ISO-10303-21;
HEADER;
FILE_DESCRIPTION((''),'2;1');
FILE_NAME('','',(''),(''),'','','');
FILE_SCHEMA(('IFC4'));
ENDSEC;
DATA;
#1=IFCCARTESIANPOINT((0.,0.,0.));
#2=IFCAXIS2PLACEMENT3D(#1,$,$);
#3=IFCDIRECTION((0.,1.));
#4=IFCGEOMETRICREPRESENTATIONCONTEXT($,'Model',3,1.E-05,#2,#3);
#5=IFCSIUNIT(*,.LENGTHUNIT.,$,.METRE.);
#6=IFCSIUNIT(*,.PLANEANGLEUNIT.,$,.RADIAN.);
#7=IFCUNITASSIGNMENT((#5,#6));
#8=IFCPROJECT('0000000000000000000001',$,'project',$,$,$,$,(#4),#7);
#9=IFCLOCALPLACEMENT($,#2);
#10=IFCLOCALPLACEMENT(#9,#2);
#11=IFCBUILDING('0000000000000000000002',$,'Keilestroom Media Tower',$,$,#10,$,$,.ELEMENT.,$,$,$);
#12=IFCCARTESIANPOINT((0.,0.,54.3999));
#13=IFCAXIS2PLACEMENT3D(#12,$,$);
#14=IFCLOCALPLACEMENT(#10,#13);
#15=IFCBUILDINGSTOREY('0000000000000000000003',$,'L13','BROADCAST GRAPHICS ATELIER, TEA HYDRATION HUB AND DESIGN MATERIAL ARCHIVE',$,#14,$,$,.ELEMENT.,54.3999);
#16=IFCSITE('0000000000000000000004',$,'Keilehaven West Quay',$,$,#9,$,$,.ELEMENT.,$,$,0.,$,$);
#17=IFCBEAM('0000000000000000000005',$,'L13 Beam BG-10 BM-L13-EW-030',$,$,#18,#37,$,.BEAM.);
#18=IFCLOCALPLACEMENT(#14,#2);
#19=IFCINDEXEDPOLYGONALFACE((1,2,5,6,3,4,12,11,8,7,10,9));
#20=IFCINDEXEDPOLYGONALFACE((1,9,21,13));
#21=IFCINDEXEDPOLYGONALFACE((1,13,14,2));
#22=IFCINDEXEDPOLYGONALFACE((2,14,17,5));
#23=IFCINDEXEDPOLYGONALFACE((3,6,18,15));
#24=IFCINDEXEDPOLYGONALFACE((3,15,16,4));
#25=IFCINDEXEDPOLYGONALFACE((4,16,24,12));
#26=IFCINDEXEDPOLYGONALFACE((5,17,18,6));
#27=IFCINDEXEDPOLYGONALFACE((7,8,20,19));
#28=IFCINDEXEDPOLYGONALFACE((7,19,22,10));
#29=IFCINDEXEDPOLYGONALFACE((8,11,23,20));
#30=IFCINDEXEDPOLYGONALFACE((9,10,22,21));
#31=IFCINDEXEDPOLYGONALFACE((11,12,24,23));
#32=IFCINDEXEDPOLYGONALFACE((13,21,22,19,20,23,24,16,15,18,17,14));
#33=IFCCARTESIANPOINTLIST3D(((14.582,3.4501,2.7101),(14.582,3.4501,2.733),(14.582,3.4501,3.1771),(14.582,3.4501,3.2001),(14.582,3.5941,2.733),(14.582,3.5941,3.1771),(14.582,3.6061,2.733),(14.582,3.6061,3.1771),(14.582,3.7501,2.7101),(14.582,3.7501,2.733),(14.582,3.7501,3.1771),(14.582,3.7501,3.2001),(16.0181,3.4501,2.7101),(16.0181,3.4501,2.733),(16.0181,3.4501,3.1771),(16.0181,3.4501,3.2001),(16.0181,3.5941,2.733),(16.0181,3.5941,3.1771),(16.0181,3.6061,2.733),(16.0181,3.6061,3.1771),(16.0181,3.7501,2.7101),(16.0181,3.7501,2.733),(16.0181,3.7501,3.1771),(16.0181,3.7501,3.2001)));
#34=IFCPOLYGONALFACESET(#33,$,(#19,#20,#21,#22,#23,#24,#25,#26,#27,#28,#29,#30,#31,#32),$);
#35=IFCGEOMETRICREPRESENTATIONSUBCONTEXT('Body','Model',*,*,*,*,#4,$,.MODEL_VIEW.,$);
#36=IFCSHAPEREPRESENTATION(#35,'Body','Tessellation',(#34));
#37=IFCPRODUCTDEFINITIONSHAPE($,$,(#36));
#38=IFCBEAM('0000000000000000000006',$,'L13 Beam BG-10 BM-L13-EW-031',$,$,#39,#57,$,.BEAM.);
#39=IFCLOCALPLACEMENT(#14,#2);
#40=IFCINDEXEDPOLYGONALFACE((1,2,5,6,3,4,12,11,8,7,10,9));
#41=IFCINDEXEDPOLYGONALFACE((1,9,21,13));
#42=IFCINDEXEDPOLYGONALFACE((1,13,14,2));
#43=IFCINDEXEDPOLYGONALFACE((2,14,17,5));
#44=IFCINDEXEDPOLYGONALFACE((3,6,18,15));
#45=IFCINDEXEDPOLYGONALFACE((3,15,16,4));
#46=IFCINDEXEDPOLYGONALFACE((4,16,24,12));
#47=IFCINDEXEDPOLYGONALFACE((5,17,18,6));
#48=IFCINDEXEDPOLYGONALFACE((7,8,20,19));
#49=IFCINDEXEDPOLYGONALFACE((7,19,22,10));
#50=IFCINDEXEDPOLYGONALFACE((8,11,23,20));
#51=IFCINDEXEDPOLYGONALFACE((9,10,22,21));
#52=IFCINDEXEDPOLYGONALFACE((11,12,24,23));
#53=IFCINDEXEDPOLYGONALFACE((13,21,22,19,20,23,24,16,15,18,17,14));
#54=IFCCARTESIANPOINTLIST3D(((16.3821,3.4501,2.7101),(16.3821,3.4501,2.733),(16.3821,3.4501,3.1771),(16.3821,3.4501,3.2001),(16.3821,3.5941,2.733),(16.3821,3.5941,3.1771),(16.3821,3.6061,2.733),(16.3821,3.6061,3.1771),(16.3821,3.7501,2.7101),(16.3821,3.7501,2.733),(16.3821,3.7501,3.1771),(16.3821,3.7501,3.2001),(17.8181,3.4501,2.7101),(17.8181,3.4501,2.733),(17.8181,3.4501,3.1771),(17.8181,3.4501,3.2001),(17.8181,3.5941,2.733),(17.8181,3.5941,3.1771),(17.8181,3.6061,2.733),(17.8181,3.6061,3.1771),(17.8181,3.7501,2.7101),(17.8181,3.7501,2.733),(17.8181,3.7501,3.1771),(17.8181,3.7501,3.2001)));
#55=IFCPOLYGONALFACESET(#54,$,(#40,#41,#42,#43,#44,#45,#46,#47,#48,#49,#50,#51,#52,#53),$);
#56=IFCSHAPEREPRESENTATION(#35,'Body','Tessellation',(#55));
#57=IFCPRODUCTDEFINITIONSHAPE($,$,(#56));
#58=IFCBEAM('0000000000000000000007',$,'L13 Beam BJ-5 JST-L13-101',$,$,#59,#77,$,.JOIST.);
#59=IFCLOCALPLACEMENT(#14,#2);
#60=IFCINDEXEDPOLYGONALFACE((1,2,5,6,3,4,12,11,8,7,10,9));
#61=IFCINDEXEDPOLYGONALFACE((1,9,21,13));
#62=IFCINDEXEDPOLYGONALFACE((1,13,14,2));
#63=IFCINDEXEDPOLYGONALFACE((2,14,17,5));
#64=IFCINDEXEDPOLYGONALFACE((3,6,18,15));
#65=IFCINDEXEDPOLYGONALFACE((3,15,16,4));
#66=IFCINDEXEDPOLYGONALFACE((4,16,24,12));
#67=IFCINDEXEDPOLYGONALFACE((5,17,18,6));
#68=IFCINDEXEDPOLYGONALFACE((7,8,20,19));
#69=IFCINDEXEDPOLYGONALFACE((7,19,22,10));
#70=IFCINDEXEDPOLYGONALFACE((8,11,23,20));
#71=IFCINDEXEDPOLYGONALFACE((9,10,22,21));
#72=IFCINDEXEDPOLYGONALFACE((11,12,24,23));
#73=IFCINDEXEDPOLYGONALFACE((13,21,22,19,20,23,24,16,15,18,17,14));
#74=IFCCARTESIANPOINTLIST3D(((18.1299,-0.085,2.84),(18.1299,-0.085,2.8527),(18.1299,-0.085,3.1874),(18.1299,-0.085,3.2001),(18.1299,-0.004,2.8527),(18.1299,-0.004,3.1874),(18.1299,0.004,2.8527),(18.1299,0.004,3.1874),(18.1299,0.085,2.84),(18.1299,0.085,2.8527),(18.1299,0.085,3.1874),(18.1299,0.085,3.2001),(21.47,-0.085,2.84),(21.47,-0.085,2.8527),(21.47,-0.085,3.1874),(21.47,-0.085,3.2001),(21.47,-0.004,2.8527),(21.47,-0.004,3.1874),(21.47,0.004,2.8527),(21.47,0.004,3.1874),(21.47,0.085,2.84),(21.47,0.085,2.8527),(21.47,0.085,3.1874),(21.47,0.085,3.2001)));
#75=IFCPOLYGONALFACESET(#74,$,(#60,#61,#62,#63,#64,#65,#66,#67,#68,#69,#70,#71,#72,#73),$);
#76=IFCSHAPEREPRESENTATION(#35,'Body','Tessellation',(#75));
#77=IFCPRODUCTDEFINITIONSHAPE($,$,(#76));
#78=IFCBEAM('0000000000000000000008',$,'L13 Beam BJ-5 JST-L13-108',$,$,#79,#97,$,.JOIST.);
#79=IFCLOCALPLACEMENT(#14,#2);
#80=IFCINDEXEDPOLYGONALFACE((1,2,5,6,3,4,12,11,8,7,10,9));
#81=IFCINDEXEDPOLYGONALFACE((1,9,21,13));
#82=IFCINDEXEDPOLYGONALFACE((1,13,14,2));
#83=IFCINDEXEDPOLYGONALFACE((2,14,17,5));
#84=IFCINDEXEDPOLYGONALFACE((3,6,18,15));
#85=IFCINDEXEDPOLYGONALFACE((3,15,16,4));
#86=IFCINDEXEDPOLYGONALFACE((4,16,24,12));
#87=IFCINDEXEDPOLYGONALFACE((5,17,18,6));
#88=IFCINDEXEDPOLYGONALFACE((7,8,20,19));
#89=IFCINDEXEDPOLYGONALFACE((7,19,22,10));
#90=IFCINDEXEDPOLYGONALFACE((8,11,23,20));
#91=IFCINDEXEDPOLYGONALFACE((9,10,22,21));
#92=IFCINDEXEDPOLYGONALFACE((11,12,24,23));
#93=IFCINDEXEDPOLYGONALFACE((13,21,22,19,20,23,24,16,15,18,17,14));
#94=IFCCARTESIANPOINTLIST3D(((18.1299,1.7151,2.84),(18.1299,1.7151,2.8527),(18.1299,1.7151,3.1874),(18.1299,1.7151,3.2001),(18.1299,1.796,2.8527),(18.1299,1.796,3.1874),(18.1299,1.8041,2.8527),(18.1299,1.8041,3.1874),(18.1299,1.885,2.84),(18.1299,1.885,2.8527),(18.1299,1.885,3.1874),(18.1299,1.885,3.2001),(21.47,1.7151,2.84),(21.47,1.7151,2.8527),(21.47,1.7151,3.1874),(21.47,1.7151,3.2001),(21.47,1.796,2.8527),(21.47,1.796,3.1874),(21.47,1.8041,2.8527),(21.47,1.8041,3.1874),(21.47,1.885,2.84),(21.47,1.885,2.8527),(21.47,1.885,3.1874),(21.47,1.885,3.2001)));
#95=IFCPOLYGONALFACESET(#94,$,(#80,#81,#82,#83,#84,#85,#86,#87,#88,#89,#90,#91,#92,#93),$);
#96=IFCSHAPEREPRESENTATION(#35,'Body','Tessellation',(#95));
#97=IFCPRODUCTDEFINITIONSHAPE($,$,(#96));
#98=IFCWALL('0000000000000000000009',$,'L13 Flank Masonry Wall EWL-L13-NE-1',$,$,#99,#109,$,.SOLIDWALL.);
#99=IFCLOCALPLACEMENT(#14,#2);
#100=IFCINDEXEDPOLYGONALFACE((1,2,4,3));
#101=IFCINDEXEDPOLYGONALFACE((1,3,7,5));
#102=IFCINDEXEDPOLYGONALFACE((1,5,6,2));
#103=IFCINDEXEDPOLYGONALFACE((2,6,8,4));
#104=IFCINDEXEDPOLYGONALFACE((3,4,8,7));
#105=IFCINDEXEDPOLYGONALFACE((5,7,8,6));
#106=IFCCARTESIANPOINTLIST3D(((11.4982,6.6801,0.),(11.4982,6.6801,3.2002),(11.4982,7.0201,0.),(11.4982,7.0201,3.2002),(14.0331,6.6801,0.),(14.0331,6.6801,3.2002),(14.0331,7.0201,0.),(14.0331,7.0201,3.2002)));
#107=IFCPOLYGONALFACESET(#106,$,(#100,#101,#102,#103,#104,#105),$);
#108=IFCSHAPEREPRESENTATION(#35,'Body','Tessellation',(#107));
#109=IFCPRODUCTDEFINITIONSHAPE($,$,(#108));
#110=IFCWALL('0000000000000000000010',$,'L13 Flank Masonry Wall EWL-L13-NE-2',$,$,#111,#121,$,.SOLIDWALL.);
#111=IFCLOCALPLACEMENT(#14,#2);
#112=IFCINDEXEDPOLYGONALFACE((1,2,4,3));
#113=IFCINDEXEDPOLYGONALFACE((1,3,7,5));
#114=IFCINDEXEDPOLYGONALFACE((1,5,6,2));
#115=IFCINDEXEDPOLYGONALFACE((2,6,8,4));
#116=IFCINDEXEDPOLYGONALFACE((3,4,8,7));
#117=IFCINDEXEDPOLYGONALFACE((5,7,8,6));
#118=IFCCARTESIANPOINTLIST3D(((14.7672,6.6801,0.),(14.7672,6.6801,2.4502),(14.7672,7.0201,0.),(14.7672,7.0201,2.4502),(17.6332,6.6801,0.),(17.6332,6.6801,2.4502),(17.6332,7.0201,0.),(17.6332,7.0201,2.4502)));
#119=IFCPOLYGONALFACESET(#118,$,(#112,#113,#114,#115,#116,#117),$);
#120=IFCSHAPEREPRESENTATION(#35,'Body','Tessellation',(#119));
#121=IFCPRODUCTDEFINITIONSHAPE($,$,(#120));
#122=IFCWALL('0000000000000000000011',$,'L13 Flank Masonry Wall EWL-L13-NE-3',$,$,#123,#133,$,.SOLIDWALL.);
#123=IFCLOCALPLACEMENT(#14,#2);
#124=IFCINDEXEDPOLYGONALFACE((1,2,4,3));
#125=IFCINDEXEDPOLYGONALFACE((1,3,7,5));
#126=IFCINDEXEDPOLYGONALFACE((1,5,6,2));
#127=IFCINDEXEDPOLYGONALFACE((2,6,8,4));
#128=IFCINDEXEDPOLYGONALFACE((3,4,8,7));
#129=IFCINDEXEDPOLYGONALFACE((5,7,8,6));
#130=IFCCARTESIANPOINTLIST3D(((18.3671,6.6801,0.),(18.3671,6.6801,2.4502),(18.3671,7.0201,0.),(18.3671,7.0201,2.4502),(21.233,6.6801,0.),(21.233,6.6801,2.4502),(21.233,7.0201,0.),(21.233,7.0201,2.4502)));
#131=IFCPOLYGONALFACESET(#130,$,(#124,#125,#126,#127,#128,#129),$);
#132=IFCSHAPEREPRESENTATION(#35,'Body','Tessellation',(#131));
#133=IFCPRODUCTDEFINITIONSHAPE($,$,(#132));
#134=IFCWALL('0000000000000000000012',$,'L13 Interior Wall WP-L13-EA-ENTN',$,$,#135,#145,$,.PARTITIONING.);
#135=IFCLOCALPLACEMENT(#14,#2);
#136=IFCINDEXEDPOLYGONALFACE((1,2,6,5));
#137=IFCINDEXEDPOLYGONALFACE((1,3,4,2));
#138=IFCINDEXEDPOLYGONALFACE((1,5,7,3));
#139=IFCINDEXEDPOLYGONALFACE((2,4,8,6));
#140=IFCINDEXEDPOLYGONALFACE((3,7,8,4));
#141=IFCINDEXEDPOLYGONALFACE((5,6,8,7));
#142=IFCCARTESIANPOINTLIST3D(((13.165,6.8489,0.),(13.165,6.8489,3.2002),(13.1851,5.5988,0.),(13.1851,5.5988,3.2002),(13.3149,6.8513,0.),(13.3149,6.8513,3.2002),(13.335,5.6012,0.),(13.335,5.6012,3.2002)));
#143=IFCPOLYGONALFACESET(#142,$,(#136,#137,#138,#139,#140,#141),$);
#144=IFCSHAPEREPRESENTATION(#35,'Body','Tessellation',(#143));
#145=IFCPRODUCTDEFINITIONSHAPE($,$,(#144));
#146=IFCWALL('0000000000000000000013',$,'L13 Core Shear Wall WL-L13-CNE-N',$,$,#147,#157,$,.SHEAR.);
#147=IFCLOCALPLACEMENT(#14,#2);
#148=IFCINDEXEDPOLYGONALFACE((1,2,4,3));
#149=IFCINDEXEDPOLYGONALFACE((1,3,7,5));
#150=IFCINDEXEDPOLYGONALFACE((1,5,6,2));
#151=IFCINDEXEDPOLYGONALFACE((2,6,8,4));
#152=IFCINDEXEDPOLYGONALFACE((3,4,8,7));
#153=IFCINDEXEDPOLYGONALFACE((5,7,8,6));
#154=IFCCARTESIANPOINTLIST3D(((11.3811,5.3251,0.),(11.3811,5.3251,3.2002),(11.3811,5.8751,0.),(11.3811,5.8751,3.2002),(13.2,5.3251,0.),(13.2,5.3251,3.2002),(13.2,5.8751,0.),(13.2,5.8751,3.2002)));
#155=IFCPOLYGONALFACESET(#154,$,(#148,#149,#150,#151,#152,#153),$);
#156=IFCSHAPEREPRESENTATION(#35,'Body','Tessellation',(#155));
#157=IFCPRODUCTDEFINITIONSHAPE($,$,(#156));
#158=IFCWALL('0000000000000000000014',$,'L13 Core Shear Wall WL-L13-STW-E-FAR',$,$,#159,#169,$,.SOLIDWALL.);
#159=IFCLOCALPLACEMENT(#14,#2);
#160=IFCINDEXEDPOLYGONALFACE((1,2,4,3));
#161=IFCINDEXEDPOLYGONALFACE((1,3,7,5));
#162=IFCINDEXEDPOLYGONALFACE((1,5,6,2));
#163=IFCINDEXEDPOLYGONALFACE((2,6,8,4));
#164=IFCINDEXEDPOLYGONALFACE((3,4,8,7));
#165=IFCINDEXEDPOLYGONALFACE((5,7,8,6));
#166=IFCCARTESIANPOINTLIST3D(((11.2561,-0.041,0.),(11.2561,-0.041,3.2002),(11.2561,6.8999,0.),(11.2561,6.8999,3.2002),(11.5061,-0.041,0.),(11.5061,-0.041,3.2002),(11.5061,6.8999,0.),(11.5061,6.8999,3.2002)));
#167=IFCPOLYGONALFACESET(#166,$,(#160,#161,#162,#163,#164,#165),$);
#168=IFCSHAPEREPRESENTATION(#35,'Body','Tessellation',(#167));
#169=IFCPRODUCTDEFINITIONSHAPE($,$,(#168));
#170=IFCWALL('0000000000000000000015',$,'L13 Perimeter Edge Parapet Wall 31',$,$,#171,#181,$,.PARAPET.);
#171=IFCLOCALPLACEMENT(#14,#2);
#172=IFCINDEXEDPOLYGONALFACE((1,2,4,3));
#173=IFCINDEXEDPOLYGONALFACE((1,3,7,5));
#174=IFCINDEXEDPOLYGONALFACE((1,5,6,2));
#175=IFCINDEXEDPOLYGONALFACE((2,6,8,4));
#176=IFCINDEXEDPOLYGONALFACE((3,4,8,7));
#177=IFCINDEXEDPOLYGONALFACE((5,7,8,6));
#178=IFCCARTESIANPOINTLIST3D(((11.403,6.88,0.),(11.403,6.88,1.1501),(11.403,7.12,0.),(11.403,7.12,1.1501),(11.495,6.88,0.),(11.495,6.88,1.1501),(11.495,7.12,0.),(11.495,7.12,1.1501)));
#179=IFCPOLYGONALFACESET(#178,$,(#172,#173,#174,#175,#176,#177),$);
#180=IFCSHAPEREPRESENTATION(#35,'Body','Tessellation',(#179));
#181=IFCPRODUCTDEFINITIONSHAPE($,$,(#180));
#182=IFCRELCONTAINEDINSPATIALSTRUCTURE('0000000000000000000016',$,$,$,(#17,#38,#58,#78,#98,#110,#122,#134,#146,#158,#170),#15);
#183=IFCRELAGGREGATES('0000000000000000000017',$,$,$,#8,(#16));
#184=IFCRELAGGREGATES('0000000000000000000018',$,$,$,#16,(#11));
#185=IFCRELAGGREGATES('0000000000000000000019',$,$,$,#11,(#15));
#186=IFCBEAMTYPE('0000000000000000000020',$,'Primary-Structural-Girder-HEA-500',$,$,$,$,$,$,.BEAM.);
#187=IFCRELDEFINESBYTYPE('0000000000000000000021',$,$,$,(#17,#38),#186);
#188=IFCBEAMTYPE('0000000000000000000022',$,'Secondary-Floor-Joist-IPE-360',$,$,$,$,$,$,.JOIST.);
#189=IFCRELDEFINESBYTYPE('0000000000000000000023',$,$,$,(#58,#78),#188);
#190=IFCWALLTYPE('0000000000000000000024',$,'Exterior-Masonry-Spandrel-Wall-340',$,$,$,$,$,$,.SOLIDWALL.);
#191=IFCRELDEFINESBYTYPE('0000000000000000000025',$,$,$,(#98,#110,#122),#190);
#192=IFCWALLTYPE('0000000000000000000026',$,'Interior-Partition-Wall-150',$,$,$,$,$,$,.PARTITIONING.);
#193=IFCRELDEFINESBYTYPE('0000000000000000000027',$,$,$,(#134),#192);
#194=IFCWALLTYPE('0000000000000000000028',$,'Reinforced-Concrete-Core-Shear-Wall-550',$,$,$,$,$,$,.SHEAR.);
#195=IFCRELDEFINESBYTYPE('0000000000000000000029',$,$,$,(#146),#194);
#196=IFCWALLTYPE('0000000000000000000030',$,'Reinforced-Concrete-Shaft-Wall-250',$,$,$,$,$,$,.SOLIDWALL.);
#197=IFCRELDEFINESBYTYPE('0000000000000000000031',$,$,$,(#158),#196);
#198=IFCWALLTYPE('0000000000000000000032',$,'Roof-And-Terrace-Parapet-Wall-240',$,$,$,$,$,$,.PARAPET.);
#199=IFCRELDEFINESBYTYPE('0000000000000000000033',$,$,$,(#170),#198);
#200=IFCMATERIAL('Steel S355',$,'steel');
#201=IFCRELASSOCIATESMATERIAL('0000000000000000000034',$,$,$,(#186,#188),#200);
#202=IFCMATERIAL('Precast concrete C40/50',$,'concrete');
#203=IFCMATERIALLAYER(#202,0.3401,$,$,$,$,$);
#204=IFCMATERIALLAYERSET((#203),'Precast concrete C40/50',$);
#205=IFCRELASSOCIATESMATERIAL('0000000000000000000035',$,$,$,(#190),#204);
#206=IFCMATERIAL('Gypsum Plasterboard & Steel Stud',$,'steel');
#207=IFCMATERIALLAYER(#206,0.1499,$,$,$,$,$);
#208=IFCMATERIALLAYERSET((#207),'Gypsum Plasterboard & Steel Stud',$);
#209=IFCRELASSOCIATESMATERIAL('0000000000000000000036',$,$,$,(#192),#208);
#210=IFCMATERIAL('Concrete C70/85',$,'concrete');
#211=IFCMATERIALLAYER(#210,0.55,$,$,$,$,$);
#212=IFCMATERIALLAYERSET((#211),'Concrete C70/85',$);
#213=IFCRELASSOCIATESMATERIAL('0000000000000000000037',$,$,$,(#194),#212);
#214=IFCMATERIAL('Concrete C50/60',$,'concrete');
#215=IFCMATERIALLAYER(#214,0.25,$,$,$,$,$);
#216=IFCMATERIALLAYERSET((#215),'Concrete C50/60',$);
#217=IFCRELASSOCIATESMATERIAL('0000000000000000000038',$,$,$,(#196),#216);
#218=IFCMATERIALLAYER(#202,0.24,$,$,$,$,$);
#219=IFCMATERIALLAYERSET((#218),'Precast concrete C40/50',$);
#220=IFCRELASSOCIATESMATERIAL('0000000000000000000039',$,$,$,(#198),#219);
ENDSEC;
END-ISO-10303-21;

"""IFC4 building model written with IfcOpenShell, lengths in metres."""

from ifc_helpers import new_model, si_unit, direction, frame, frame_2d, origin, origin_2d, place, context, subcontext, project, spatial, rectangle, i_section, extrude, source, transform, mapped, material, layer, layer_set, material_profile, profile_set, type_object, element, save


model = new_model("IFC4")

# Units and contexts
model_context = context("Model", 3, precision=1e-05, world=origin(), true_north=direction((0.0, 1.0)))
body_context = subcontext(model_context, "Body", "Model", "MODEL_VIEW")
ifc_project = project(units=[si_unit("LENGTHUNIT", "METRE"), si_unit("PLANEANGLEUNIT", "RADIAN")], contexts=[model_context])

# Site, building, storey
site_placement = place(None, origin())
site = spatial("IfcSite", under=ifc_project, at=site_placement, Name="Keilehaven West Quay", CompositionType="ELEMENT", RefElevation=0.0)
building_placement = place(site_placement, origin())
building = spatial("IfcBuilding", under=site, at=building_placement, Name="Keilestroom Media Tower", CompositionType="ELEMENT")
storey_placement = place(building_placement, frame((0.0, 0.0, 54.3999)))
storey = spatial("IfcBuildingStorey", under=building, at=storey_placement, Name="L13", Description="BROADCAST GRAPHICS ATELIER, TEA HYDRATION HUB AND DESIGN MATERIAL ARCHIVE", CompositionType="ELEMENT", Elevation=54.3999)

# Shared definitions
ifc_material_1 = material(Name="Precast concrete C40/50", Category="concrete")

# Beams
ifc_material_2 = material(Name="Steel S355", Category="steel")
ifc_material_profile_1 = material_profile(ifc_material_2, i_section(OverallWidth=0.3, OverallDepth=0.49, WebThickness=0.012, FlangeThickness=0.0229, at=origin_2d()), Name="HEA 500")
ifc_profile_set_1 = profile_set([ifc_material_profile_1], Name="Steel S355")
beam_type_1 = type_object("IfcBeamType", Name="Primary-Structural-Girder-HEA-500", PredefinedType="BEAM", material=ifc_profile_set_1)
shared_shape_1 = source(origin(), body_context, "Body", "SweptSolid", [
    extrude(i_section(OverallWidth=0.3, OverallDepth=0.49, WebThickness=0.012, FlangeThickness=0.0229, at=origin_2d()), origin(), (0.0, 0.0, 1.0), 1.436),
])
for number, where, z_axis, x_axis, name in (
    (1, (14.582, 3.6001, 2.9551), (1.0, 0.0, 0.0), (0.0, 1.0, 0.0), "L13 Beam BG-10 BM-L13-EW-030"),
    (2, (16.3821, 3.6001, 2.9551), (1.0, 0.0, 0.0), (0.0, 1.0, 0.0), "L13 Beam BG-10 BM-L13-EW-031"),
):
    element("IfcBeam", number, at=place(storey_placement, frame(where, z_axis=z_axis, x_axis=x_axis)), inside=storey, type_object=beam_type_1, Name=name, PredefinedType="BEAM", context=body_context, shape_type="MappedRepresentation", body=[
        mapped(shared_shape_1, transform((0.0, 0.0, 0.0), x_axis=(1.0, 0.0, 0.0), y_axis=(0.0, 1.0, 0.0), z_axis=(0.0, 0.0, 1.0), scale=1.0)),
    ])
ifc_material_profile_2 = material_profile(ifc_material_2, i_section(OverallWidth=0.1699, OverallDepth=0.3601, WebThickness=0.0081, FlangeThickness=0.0127, at=origin_2d()), Name="IPE 360")
ifc_profile_set_2 = profile_set([ifc_material_profile_2], Name="Steel S355")
beam_type_2 = type_object("IfcBeamType", Name="Secondary-Floor-Joist-IPE-360", PredefinedType="JOIST", material=ifc_profile_set_2)
shared_shape_2 = source(origin(), body_context, "Body", "SweptSolid", [
    extrude(i_section(OverallWidth=0.1699, OverallDepth=0.3601, WebThickness=0.0081, FlangeThickness=0.0127, at=origin_2d()), origin(), (0.0, 0.0, 1.0), 3.3401),
])
for number, where, z_axis, x_axis, name in (
    (3, (18.1299, 0.0, 3.02), (1.0, 0.0, 0.0), (0.0, 1.0, 0.0), "L13 Beam BJ-5 JST-L13-101"),
    (4, (18.1299, 1.8, 3.02), (1.0, 0.0, 0.0), (0.0, 1.0, 0.0), "L13 Beam BJ-5 JST-L13-108"),
):
    element("IfcBeam", number, at=place(storey_placement, frame(where, z_axis=z_axis, x_axis=x_axis)), inside=storey, type_object=beam_type_2, Name=name, PredefinedType="JOIST", context=body_context, shape_type="MappedRepresentation", body=[
        mapped(shared_shape_2, transform((0.0, 0.0, 0.0), x_axis=(1.0, 0.0, 0.0), y_axis=(0.0, 1.0, 0.0), z_axis=(0.0, 0.0, 1.0), scale=1.0)),
    ])

# Walls
ifc_layer_1 = layer(ifc_material_1, 0.3401)
ifc_layer_set_1 = layer_set([ifc_layer_1], Name="Precast concrete C40/50")
wall_type_1 = type_object("IfcWallType", Name="Exterior-Masonry-Spandrel-Wall-340", PredefinedType="SOLIDWALL", material=ifc_layer_set_1)
wall_1_placement = place(storey_placement, frame((11.498, 6.8501, 0.0), z_axis=(0.0, 0.0, 1.0), x_axis=(1.0, 0.0, 0.0)))
element("IfcWall", 5, at=wall_1_placement, inside=storey, type_object=wall_type_1, Name="L13 Flank Masonry Wall EWL-L13-NE-1", PredefinedType="SOLIDWALL", context=body_context, shape_type="SweptSolid", body=[
    extrude(rectangle(XDim=2.5349, YDim=0.3401, at=frame_2d((1.2676, 0.0))), origin(), (0.0, 0.0, 1.0), 3.2002),
])
for number, where, z_axis, x_axis, name in (
    (6, (14.7671, 6.8501, 0.0), (0.0, 0.0, 1.0), (1.0, 0.0, 0.0), "L13 Flank Masonry Wall EWL-L13-NE-2"),
    (7, (18.3669, 6.8501, 0.0), (0.0, 0.0, 1.0), (1.0, 0.0, 0.0), "L13 Flank Masonry Wall EWL-L13-NE-3"),
):
    element("IfcWall", number, at=place(storey_placement, frame(where, z_axis=z_axis, x_axis=x_axis)), inside=storey, type_object=wall_type_1, Name=name, PredefinedType="SOLIDWALL", context=body_context, shape_type="SweptSolid", body=[
        extrude(rectangle(XDim=2.866, YDim=0.3401, at=frame_2d((1.4331, 0.0))), origin(), (0.0, 0.0, 1.0), 2.4502),
    ])
ifc_material_3 = material(Name="Gypsum Plasterboard & Steel Stud", Category="steel")
ifc_layer_2 = layer(ifc_material_3, 0.1499)
ifc_layer_set_2 = layer_set([ifc_layer_2], Name="Gypsum Plasterboard & Steel Stud")
wall_type_2 = type_object("IfcWallType", Name="Interior-Partition-Wall-150", PredefinedType="PARTITIONING", material=ifc_layer_set_2)
wall_2_placement = place(storey_placement, frame((13.26, 5.6001, 0.0), z_axis=(0.0, 0.0, 1.0), x_axis=(-0.016014, 0.999872, 0.0)))
element("IfcWall", 8, at=wall_2_placement, inside=storey, type_object=wall_type_2, Name="L13 Interior Wall WP-L13-EA-ENTN", PredefinedType="PARTITIONING", context=body_context, shape_type="SweptSolid", body=[
    extrude(rectangle(XDim=1.2502, YDim=0.1499, at=frame_2d((0.625, 0.0))), origin(), (0.0, 0.0, 1.0), 3.2002),
])
ifc_material_4 = material(Name="Concrete C70/85", Category="concrete")
ifc_layer_3 = layer(ifc_material_4, 0.55)
ifc_layer_set_3 = layer_set([ifc_layer_3], Name="Concrete C70/85")
wall_type_3 = type_object("IfcWallType", Name="Reinforced-Concrete-Core-Shear-Wall-550", PredefinedType="SHEAR", material=ifc_layer_set_3)
wall_3_placement = place(storey_placement, frame((11.3811, 5.6001, 0.0), z_axis=(0.0, 0.0, 1.0), x_axis=(1.0, 0.0, 0.0)))
element("IfcWall", 9, at=wall_3_placement, inside=storey, type_object=wall_type_3, Name="L13 Core Shear Wall WL-L13-CNE-N", PredefinedType="SHEAR", context=body_context, shape_type="SweptSolid", body=[
    extrude(rectangle(XDim=1.8188, YDim=0.55, at=frame_2d((0.9094, 0.0))), origin(), (0.0, 0.0, 1.0), 3.2002),
])
ifc_material_5 = material(Name="Concrete C50/60", Category="concrete")
ifc_layer_4 = layer(ifc_material_5, 0.25)
ifc_layer_set_4 = layer_set([ifc_layer_4], Name="Concrete C50/60")
wall_type_4 = type_object("IfcWallType", Name="Reinforced-Concrete-Shaft-Wall-250", PredefinedType="SOLIDWALL", material=ifc_layer_set_4)
wall_4_placement = place(storey_placement, frame((11.3811, -0.041, 0.0), z_axis=(0.0, 0.0, 1.0), x_axis=(0.0, 1.0, 0.0)))
element("IfcWall", 10, at=wall_4_placement, inside=storey, type_object=wall_type_4, Name="L13 Core Shear Wall WL-L13-STW-E-FAR", PredefinedType="SOLIDWALL", context=body_context, shape_type="SweptSolid", body=[
    extrude(rectangle(XDim=6.9409, YDim=0.25, at=frame_2d((3.4705, 0.0))), origin(), (0.0, 0.0, 1.0), 3.2002),
])
ifc_layer_5 = layer(ifc_material_1, 0.24)
ifc_layer_set_5 = layer_set([ifc_layer_5], Name="Precast concrete C40/50")
wall_type_5 = type_object("IfcWallType", Name="Roof-And-Terrace-Parapet-Wall-240", PredefinedType="PARAPET", material=ifc_layer_set_5)
wall_5_placement = place(storey_placement, frame((11.4031, 7.0, 0.0), z_axis=(0.0, 0.0, 1.0), x_axis=(1.0, 0.0, 0.0)))
element("IfcWall", 11, at=wall_5_placement, inside=storey, type_object=wall_type_5, Name="L13 Perimeter Edge Parapet Wall 31", PredefinedType="PARAPET", context=body_context, shape_type="SweptSolid", body=[
    extrude(rectangle(XDim=0.092, YDim=0.24, at=frame_2d((0.0459, 0.0))), origin(), (0.0, 0.0, 1.0), 1.1501),
])

save(model, "model.ifc")
